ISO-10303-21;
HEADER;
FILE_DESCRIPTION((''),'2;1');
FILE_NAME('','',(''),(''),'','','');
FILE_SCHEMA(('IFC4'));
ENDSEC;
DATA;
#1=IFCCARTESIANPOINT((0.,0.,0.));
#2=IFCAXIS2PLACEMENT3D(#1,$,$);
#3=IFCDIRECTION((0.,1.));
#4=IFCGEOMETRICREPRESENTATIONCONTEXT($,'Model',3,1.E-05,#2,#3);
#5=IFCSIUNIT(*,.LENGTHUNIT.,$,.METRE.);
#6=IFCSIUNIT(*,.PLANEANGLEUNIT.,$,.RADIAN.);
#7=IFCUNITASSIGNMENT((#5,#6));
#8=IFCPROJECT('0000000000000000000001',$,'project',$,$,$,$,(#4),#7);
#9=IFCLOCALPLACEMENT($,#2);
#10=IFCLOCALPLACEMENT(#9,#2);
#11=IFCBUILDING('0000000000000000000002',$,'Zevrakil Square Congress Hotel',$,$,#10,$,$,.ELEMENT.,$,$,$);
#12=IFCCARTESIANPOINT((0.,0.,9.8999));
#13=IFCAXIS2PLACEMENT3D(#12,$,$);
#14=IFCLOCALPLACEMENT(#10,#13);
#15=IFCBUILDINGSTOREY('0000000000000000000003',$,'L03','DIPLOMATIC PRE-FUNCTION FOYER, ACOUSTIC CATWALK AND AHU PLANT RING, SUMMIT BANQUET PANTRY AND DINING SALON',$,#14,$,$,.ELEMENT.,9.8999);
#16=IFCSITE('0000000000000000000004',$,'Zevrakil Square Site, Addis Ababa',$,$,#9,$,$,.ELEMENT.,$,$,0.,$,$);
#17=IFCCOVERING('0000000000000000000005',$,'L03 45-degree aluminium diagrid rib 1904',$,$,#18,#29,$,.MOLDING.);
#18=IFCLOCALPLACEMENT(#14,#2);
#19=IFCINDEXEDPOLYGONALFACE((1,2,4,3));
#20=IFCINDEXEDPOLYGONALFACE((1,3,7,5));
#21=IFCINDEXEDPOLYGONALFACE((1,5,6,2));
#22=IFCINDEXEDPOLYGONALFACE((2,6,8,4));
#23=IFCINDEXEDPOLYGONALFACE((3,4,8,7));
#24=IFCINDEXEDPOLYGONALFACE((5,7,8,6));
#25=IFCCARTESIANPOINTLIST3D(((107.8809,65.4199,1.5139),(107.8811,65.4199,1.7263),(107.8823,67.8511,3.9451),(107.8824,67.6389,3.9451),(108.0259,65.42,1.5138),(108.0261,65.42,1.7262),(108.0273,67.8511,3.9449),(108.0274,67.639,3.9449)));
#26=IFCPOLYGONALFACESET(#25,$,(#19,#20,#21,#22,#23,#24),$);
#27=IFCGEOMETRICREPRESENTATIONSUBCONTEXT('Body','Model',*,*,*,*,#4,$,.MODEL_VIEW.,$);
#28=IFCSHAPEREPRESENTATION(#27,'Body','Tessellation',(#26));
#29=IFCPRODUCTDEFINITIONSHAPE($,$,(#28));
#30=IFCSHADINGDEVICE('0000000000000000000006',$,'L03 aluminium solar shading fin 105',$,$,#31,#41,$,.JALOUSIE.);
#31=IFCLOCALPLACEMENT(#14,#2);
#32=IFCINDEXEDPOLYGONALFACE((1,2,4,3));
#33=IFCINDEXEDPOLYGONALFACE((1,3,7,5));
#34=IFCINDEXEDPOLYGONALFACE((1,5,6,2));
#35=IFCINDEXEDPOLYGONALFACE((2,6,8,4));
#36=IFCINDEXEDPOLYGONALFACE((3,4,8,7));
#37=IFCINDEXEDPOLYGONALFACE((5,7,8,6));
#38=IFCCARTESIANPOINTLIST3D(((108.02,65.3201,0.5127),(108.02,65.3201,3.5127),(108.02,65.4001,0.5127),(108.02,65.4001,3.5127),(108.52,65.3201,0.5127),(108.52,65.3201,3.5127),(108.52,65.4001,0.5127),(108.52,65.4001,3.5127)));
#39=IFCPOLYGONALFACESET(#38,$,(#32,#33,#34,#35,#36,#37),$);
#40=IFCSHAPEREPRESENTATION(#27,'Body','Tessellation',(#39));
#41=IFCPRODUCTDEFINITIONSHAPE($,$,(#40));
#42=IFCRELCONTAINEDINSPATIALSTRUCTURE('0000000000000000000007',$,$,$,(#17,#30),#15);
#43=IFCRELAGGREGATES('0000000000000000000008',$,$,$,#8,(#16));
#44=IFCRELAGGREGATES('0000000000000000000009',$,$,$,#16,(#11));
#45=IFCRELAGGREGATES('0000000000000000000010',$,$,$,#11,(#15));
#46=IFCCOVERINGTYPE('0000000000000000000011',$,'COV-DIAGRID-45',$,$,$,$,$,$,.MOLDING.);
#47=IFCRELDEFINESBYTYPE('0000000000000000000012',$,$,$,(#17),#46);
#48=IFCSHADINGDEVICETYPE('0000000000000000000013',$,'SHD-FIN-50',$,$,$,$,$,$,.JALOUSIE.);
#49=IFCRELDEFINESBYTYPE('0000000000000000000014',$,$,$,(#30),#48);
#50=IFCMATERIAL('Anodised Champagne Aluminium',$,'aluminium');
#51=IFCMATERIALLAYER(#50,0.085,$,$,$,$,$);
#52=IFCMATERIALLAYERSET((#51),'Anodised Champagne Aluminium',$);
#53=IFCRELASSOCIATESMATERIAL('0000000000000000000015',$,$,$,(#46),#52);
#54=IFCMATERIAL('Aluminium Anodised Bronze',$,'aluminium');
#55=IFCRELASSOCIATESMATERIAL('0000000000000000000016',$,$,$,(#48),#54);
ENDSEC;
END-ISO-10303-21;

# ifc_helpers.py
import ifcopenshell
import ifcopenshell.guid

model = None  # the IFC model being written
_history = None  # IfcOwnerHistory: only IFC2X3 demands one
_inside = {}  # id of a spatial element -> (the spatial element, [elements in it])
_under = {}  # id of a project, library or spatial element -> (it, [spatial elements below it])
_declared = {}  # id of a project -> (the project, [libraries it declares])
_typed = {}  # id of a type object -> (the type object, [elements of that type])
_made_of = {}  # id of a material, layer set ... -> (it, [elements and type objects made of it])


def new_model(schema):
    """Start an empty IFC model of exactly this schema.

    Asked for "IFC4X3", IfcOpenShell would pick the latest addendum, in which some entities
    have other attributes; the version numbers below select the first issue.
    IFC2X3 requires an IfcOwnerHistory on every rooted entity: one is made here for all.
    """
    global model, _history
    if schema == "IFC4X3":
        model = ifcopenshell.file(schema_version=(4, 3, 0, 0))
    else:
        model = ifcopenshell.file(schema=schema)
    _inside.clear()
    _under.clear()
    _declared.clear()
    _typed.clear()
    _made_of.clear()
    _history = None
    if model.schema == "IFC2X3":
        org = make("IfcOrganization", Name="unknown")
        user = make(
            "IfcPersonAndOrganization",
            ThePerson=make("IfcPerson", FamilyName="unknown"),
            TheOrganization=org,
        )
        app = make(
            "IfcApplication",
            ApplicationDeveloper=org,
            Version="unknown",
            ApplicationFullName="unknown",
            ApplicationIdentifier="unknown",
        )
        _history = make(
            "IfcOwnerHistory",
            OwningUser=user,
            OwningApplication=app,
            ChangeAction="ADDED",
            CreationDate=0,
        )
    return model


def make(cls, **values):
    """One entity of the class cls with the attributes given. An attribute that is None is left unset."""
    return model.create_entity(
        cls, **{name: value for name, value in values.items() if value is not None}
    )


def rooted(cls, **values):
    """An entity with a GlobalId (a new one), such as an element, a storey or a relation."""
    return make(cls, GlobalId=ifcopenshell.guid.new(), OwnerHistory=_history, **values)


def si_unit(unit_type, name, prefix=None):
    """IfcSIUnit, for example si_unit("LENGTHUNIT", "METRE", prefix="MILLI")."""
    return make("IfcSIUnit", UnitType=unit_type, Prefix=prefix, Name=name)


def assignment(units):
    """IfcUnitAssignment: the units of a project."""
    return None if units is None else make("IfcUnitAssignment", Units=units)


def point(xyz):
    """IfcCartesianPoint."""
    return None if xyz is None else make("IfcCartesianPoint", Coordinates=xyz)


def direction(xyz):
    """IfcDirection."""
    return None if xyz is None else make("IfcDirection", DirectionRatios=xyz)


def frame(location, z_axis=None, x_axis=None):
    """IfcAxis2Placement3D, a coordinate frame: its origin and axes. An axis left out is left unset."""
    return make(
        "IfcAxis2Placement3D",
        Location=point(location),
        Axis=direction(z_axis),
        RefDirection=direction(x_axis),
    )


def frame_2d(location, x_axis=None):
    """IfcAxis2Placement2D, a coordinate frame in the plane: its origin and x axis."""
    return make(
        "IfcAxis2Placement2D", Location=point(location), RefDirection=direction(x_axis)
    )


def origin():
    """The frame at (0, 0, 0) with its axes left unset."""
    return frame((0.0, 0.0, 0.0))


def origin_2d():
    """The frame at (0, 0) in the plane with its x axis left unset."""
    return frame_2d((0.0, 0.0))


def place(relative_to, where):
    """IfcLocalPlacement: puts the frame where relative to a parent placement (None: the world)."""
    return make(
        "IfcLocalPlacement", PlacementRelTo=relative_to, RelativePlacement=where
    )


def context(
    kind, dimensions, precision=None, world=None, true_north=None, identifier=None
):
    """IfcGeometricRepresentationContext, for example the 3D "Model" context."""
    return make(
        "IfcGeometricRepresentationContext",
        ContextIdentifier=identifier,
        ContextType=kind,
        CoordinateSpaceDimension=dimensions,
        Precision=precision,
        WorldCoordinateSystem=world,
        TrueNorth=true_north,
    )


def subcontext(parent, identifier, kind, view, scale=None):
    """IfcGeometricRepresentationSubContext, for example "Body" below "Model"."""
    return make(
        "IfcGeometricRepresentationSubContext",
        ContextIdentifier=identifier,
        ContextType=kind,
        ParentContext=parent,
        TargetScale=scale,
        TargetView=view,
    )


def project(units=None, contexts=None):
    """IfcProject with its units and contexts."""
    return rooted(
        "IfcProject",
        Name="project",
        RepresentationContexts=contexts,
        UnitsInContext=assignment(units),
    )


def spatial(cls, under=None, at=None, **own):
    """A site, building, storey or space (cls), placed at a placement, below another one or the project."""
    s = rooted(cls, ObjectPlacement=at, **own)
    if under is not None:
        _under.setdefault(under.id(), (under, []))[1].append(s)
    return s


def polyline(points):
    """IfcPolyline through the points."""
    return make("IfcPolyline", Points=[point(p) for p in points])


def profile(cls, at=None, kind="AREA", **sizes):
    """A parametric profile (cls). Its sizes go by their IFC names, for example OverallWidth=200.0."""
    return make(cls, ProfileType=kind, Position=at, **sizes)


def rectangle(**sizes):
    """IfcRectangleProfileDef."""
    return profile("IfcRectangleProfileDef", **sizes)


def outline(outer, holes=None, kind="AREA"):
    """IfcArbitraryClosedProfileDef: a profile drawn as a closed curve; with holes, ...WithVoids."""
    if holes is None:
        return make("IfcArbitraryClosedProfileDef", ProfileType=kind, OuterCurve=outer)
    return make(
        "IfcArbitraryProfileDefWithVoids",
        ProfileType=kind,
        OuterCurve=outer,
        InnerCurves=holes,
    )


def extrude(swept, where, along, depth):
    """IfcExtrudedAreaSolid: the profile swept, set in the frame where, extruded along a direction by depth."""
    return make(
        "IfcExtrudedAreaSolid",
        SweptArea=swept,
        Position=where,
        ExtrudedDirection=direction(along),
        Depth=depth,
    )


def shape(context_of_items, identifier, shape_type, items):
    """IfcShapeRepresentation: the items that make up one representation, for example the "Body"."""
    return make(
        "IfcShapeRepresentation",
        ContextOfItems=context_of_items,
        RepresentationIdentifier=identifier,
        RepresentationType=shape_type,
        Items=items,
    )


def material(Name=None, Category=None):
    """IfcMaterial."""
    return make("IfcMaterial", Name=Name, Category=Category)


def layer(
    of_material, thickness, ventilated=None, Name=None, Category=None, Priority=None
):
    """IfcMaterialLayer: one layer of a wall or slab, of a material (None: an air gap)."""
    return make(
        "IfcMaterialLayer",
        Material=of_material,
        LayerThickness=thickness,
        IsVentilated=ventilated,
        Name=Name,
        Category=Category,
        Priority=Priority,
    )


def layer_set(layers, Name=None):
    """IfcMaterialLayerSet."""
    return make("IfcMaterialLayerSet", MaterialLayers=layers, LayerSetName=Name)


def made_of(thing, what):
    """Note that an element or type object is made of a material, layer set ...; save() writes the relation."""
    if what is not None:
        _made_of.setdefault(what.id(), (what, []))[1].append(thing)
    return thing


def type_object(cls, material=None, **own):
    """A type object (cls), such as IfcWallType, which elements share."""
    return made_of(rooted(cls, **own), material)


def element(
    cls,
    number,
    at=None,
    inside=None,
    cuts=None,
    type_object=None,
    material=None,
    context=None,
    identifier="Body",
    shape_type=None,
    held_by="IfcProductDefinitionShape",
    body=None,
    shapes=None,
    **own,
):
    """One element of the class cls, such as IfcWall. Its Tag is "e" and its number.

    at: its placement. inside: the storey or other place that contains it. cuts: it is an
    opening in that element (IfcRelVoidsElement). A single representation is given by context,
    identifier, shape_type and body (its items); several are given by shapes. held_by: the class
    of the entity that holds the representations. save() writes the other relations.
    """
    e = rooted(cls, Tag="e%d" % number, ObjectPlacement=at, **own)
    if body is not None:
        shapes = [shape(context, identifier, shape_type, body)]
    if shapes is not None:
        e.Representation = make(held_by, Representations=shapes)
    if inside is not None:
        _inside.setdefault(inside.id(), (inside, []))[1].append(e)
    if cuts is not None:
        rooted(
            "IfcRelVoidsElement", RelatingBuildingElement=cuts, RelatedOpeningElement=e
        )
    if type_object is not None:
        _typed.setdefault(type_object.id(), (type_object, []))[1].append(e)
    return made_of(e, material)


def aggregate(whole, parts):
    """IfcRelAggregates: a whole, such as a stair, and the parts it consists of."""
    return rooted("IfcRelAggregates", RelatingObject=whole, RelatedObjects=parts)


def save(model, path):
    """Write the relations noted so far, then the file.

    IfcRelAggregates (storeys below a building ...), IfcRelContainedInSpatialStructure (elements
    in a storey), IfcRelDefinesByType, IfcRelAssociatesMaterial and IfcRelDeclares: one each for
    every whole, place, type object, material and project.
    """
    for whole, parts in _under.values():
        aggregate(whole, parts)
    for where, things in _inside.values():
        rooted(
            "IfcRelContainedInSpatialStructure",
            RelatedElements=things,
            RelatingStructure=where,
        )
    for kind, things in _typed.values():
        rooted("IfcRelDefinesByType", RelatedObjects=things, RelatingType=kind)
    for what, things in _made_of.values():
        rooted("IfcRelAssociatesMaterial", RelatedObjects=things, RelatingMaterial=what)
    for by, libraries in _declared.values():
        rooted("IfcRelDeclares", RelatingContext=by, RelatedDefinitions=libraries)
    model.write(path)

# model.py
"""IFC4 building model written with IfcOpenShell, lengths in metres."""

from ifc_helpers import new_model, si_unit, direction, frame, origin, origin_2d, place, context, subcontext, project, spatial, polyline, rectangle, outline, extrude, material, layer, layer_set, type_object, element, save


model = new_model("IFC4")

# Units and contexts
model_context = context("Model", 3, precision=1e-05, world=origin(), true_north=direction((0.0, 1.0)))
body_context = subcontext(model_context, "Body", "Model", "MODEL_VIEW")
ifc_project = project(units=[si_unit("LENGTHUNIT", "METRE"), si_unit("PLANEANGLEUNIT", "RADIAN")], contexts=[model_context])

# Site, building, storey
site_placement = place(None, origin())
site = spatial("IfcSite", under=ifc_project, at=site_placement, Name="Zevrakil Square Site, Addis Ababa", CompositionType="ELEMENT", RefElevation=0.0)
building_placement = place(site_placement, origin())
building = spatial("IfcBuilding", under=site, at=building_placement, Name="Zevrakil Square Congress Hotel", CompositionType="ELEMENT")
storey_placement = place(building_placement, frame((0.0, 0.0, 9.8999)))
storey = spatial("IfcBuildingStorey", under=building, at=storey_placement, Name="L03", Description="DIPLOMATIC PRE-FUNCTION FOYER, ACOUSTIC CATWALK AND AHU PLANT RING, SUMMIT BANQUET PANTRY AND DINING SALON", CompositionType="ELEMENT", Elevation=9.8999)

# Covering
ifc_material_1 = material(Name="Anodised Champagne Aluminium", Category="aluminium")
ifc_layer_1 = layer(ifc_material_1, 0.085)
ifc_layer_set_1 = layer_set([ifc_layer_1], Name="Anodised Champagne Aluminium")
covering_type_1 = type_object("IfcCoveringType", Name="COV-DIAGRID-45", PredefinedType="MOLDING", material=ifc_layer_set_1)
covering_1_placement = place(storey_placement, frame((107.8823, 67.8511, 3.9451), z_axis=(-1.0, -0.000286, 0.000864), x_axis=(0.000286, -1.0, 0.0)))
element("IfcCovering", 1, at=covering_1_placement, inside=storey, type_object=covering_type_1, Name="L03 45-degree aluminium diagrid rib 1904", PredefinedType="MOLDING", context=body_context, shape_type="SweptSolid", body=[
    extrude(outline(polyline([(0.0, 0.0), (0.2122, 0.0), (2.4312, -2.2188), (2.4312, -2.4312), (0.0, 0.0)])), origin(), (0.0, 0.0, -1.0), 0.145),
])

# Shading device
ifc_material_2 = material(Name="Aluminium Anodised Bronze", Category="aluminium")
shading_device_type = type_object("IfcShadingDeviceType", Name="SHD-FIN-50", PredefinedType="JALOUSIE", material=ifc_material_2)
shading_device_placement = place(storey_placement, frame((108.27, 65.3601, 0.5127), z_axis=(0.0, 0.0, 1.0), x_axis=(1.0, 0.0, 0.0)))
element("IfcShadingDevice", 2, at=shading_device_placement, inside=storey, type_object=shading_device_type, Name="L03 aluminium solar shading fin 105", PredefinedType="JALOUSIE", context=body_context, shape_type="SweptSolid", body=[
    extrude(rectangle(XDim=0.5, YDim=0.0801, at=origin_2d()), origin(), (0.0, 0.0, 1.0), 3.0),
])

save(model, "model.ifc")
